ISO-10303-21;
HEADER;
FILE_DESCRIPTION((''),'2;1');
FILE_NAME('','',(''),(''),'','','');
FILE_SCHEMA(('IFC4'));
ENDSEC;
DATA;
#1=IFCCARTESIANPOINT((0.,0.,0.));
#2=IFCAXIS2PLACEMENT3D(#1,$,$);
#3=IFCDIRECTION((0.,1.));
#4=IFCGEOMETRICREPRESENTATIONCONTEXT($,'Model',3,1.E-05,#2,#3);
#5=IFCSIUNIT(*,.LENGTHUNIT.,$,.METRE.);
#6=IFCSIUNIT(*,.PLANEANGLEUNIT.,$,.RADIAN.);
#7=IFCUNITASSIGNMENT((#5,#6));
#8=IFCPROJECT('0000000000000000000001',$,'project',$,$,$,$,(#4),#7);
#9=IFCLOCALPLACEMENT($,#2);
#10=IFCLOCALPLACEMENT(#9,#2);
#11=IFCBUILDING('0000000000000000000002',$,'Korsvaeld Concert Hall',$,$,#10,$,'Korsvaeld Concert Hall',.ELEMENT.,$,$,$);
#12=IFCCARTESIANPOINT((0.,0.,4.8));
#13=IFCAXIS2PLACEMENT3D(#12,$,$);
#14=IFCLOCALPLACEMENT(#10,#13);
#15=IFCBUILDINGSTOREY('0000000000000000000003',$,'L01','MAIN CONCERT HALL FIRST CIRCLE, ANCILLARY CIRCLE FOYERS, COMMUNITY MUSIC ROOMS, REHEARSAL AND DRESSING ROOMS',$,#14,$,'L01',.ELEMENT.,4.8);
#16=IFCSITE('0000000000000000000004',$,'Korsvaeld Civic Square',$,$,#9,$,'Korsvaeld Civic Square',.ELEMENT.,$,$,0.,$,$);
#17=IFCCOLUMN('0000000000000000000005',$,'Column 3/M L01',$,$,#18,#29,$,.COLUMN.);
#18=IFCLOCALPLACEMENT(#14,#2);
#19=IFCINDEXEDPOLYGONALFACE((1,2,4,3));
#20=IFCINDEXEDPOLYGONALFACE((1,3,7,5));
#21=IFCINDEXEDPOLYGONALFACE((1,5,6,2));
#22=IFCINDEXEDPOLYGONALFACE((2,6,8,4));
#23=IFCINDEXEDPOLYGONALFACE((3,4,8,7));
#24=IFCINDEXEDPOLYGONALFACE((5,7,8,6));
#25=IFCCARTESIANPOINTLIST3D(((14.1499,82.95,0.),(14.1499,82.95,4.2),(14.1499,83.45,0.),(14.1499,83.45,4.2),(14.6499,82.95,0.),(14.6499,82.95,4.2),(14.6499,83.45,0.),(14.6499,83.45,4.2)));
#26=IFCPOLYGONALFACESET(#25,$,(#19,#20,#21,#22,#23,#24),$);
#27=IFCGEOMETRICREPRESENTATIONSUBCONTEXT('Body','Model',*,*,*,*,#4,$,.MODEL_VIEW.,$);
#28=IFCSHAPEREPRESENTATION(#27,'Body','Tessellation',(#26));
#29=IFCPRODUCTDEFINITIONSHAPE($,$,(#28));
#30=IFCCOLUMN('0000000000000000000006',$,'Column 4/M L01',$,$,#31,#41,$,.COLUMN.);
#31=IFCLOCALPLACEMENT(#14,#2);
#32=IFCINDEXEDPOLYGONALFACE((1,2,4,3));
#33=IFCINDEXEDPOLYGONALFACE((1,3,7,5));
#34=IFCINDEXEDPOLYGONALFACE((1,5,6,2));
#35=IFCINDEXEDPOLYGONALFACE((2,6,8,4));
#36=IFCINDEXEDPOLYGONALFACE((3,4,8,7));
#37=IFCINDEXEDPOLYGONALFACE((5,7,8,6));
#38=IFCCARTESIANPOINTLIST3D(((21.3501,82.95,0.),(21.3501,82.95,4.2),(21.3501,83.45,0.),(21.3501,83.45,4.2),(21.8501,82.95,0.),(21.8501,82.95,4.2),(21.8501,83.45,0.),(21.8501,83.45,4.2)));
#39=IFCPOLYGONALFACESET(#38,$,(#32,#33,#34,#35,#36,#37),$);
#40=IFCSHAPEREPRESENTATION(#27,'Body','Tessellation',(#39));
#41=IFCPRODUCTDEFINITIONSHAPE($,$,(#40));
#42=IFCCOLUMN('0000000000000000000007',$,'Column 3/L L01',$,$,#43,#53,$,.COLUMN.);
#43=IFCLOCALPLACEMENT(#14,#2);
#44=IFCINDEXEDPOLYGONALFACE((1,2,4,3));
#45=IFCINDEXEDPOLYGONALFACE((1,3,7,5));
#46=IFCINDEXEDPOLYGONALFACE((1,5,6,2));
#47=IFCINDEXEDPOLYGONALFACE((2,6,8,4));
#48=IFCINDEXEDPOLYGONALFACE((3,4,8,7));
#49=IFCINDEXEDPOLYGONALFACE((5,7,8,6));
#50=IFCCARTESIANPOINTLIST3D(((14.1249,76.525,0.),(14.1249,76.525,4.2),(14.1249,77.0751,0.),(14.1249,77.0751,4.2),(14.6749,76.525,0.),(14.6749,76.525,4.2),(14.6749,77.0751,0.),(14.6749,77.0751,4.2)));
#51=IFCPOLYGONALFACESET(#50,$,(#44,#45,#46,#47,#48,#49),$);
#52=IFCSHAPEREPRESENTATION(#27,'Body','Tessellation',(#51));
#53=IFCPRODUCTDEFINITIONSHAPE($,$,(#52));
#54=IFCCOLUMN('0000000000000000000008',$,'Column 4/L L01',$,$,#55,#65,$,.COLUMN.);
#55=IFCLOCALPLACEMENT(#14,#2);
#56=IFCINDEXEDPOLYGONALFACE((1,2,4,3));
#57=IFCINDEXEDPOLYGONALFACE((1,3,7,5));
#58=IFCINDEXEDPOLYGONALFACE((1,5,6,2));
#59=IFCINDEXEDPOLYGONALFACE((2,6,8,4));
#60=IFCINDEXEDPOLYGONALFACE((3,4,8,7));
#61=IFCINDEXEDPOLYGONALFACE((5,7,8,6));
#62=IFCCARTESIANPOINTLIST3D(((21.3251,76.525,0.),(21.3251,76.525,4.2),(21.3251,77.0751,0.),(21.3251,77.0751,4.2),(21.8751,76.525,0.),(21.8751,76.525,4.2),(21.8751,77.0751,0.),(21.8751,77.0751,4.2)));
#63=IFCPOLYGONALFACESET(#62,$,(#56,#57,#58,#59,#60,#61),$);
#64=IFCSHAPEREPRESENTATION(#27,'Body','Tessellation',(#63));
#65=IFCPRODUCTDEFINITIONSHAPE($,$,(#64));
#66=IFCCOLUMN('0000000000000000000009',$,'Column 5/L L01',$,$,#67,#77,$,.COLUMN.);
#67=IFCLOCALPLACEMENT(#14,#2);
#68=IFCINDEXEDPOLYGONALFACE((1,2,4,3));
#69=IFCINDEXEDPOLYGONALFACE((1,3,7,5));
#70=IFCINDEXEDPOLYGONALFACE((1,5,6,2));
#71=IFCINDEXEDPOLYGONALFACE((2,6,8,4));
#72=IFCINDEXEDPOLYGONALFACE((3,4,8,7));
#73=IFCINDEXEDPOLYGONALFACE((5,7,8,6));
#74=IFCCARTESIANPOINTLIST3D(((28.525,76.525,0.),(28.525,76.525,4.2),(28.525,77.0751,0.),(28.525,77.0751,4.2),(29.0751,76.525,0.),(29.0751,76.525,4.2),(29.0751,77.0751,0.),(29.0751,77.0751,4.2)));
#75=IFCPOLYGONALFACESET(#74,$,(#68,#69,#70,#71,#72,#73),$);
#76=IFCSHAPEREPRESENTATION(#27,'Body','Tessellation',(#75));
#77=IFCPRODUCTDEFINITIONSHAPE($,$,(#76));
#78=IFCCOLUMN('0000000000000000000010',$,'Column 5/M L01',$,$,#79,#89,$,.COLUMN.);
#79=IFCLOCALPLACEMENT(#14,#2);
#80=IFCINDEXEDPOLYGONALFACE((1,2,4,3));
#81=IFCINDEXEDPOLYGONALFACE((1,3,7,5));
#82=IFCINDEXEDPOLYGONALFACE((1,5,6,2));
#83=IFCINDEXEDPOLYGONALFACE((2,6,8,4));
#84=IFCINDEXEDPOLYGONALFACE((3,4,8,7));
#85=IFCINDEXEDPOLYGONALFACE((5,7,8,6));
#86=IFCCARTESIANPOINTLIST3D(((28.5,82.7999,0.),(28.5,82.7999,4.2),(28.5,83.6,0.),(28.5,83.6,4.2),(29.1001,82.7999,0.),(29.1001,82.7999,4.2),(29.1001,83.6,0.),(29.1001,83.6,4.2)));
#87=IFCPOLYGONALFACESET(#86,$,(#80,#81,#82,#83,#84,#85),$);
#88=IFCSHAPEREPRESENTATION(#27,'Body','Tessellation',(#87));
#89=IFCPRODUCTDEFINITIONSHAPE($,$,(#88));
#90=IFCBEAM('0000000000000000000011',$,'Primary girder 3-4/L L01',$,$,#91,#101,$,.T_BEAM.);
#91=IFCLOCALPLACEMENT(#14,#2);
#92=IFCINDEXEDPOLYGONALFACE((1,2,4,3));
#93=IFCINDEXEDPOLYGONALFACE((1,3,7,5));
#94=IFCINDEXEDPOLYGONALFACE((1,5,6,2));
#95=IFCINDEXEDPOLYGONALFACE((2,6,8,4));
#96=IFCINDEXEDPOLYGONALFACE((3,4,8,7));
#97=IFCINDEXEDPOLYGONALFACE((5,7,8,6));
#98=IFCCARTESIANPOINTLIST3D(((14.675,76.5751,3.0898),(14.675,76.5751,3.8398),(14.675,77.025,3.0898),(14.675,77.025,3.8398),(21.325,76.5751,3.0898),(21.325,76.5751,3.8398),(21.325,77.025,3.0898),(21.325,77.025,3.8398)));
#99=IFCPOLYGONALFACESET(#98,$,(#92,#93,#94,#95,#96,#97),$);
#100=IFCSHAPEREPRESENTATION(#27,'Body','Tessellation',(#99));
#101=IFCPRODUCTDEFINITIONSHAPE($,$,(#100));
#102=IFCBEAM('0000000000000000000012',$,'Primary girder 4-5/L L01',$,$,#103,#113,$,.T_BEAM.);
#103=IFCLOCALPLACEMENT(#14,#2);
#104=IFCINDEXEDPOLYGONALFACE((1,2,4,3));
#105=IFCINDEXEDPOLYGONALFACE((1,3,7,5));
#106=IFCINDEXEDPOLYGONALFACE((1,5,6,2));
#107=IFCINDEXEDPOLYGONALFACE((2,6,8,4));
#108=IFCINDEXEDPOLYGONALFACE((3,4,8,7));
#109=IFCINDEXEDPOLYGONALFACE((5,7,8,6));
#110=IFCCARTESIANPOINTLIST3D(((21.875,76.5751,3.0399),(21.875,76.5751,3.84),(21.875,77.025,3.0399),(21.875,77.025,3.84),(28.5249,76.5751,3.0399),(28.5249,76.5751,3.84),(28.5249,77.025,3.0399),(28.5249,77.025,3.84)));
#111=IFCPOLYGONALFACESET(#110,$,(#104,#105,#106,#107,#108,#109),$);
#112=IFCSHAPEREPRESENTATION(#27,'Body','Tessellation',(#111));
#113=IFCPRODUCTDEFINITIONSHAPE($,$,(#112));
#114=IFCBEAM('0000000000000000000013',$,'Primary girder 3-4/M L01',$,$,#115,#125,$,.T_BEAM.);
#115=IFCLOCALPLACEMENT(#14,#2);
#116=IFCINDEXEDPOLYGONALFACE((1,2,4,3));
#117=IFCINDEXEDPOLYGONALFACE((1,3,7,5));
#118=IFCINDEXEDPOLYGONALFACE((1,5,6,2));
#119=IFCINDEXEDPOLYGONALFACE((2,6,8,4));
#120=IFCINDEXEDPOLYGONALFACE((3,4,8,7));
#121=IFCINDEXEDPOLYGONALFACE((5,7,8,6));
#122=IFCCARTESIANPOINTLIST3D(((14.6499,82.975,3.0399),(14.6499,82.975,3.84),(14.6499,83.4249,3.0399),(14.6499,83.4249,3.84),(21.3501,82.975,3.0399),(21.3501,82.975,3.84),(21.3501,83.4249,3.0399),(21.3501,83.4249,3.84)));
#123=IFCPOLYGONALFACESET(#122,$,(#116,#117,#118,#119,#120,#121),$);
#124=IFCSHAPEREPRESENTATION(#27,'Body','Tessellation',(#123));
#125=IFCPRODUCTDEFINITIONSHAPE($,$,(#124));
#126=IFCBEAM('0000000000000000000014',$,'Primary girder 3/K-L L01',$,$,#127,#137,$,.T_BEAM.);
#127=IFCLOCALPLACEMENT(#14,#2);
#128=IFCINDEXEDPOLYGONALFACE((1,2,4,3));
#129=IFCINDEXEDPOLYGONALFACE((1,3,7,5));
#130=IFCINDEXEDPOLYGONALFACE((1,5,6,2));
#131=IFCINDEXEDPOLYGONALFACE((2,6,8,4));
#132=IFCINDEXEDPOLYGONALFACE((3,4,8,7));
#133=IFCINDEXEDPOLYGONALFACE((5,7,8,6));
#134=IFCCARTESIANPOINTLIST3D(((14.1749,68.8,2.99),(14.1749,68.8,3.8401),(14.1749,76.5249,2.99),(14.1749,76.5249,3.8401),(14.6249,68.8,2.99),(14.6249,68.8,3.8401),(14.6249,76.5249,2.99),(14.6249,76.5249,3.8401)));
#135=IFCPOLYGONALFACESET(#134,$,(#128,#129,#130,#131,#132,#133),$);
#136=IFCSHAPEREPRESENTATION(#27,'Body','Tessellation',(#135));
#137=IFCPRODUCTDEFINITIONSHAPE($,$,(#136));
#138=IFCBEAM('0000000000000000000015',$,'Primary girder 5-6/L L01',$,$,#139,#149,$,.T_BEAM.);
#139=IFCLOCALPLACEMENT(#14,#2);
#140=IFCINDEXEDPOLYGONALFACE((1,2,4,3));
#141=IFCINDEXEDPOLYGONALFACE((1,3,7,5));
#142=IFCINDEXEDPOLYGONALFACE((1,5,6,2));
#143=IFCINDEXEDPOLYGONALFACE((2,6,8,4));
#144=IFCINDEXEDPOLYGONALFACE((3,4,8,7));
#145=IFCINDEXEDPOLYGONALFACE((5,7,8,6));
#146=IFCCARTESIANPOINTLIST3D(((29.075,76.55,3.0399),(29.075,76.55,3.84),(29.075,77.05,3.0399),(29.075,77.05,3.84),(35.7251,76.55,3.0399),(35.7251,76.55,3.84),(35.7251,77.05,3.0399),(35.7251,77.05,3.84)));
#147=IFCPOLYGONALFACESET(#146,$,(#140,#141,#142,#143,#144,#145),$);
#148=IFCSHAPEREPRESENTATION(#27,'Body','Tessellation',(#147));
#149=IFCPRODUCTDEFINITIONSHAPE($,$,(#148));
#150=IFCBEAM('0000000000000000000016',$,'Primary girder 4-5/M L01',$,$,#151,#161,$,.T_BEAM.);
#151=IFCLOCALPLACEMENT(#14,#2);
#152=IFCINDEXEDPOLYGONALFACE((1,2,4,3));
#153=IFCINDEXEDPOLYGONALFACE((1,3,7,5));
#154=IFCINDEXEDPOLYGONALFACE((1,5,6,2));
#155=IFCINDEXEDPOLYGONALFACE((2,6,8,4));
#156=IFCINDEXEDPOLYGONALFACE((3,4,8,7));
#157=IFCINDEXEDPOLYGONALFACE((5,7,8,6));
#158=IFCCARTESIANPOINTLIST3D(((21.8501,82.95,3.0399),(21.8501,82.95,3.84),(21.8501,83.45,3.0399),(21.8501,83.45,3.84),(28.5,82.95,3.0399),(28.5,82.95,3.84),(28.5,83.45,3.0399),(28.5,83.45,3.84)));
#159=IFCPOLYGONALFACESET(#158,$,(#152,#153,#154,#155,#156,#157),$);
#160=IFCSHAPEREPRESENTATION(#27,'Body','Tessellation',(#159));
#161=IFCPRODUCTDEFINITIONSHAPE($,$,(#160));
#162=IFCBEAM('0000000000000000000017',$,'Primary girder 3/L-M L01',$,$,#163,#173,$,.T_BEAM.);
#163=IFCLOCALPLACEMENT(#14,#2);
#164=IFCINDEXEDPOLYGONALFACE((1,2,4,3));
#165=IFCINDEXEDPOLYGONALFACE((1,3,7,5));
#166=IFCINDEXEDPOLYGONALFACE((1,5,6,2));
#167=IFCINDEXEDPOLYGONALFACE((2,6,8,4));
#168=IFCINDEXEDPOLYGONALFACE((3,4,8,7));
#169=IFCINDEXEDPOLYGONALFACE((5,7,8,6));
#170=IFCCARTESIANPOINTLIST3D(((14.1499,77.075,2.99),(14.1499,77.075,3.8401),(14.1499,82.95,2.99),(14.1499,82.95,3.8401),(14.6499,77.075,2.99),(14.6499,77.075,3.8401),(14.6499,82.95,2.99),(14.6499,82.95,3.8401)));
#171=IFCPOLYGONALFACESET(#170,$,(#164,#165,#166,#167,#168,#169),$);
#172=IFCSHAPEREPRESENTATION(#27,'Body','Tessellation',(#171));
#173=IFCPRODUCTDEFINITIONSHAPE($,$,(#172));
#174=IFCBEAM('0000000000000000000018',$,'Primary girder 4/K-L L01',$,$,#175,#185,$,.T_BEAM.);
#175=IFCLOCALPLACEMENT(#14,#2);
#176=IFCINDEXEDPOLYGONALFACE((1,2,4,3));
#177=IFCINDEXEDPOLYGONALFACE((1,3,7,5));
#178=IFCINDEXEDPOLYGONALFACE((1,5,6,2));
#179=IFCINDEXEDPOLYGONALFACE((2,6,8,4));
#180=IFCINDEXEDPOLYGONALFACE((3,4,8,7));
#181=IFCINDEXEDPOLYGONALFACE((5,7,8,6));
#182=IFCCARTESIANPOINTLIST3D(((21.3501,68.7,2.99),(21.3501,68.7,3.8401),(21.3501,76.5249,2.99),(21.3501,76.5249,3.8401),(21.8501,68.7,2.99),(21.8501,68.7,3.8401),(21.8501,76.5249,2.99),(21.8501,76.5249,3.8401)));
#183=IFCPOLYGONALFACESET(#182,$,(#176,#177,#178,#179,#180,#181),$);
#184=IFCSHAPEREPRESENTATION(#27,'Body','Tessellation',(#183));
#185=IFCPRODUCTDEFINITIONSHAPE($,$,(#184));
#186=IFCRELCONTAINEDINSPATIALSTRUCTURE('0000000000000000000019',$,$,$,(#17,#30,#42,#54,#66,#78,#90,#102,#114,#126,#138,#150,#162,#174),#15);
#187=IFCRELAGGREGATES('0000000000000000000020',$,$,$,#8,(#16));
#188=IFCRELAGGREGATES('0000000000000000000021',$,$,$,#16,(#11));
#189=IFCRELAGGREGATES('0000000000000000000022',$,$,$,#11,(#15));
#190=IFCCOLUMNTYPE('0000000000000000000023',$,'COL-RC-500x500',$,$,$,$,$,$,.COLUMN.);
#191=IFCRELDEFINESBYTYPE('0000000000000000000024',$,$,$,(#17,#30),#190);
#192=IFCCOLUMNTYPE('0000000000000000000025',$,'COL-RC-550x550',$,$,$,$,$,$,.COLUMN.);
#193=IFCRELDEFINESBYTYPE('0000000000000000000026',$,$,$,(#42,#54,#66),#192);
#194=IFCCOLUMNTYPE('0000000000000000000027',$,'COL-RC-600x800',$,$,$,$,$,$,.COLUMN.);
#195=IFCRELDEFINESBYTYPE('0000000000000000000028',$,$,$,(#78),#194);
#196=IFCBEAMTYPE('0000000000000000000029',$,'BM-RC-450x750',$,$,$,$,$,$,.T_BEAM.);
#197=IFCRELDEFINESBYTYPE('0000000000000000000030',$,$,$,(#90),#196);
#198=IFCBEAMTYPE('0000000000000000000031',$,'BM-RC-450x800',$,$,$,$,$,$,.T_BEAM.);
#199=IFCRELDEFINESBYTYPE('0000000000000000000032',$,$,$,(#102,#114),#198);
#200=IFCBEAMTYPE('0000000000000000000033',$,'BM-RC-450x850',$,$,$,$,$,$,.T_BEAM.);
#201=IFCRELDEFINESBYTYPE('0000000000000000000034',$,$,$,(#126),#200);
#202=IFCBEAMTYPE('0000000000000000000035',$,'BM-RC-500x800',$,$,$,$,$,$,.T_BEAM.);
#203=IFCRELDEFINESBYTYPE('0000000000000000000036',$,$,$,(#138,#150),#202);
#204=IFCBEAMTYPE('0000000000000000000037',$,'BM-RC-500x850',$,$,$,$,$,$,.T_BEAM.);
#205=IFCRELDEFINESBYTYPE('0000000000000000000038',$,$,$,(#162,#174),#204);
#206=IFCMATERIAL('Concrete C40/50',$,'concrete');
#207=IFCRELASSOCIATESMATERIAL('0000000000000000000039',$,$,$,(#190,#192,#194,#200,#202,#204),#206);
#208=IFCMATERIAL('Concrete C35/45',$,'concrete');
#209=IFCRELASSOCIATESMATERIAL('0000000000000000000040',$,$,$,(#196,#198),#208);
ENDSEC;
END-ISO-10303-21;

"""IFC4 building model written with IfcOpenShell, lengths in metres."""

from ifc_helpers import new_model, si_unit, direction, frame, origin, origin_2d, place, context, subcontext, project, spatial, rectangle, extrude, material, material_profile, profile_set, type_object, element, save


model = new_model("IFC4")

# Units and contexts
model_context = context("Model", 3, precision=1e-05, world=origin(), true_north=direction((0.0, 1.0)))
body_context = subcontext(model_context, "Body", "Model", "MODEL_VIEW")
ifc_project = project(units=[si_unit("LENGTHUNIT", "METRE"), si_unit("PLANEANGLEUNIT", "RADIAN")], contexts=[model_context])

# Site, building, storey
site_placement = place(None, origin())
site = spatial("IfcSite", under=ifc_project, at=site_placement, Name="Korsvaeld Civic Square", LongName="Korsvaeld Civic Square", CompositionType="ELEMENT", RefElevation=0.0)
building_placement = place(site_placement, origin())
building = spatial("IfcBuilding", under=site, at=building_placement, Name="Korsvaeld Concert Hall", LongName="Korsvaeld Concert Hall", CompositionType="ELEMENT")
storey_placement = place(building_placement, frame((0.0, 0.0, 4.8)))
storey = spatial("IfcBuildingStorey", under=building, at=storey_placement, Name="L01", Description="MAIN CONCERT HALL FIRST CIRCLE, ANCILLARY CIRCLE FOYERS, COMMUNITY MUSIC ROOMS, REHEARSAL AND DRESSING ROOMS", LongName="L01", CompositionType="ELEMENT", Elevation=4.8)

# Columns
ifc_material_1 = material(Name="Concrete C40/50", Category="concrete")
ifc_material_profile_1 = material_profile(ifc_material_1, rectangle(XDim=0.5, YDim=0.5, at=origin_2d()), Name="RC 500x500")
ifc_profile_set_1 = profile_set([ifc_material_profile_1], Name="Concrete C40/50")
column_type_1 = type_object("IfcColumnType", Name="COL-RC-500x500", PredefinedType="COLUMN", material=ifc_profile_set_1)
for number, where, z_axis, x_axis, name in (
    (1, (14.3999, 83.2, 0.0), (0.0, 0.0, 1.0), (1.0, 0.0, 0.0), "Column 3/M L01"),
    (2, (21.6001, 83.2, 0.0), (0.0, 0.0, 1.0), (1.0, 0.0, 0.0), "Column 4/M L01"),
):
    element("IfcColumn", number, at=place(storey_placement, frame(where, z_axis=z_axis, x_axis=x_axis)), inside=storey, type_object=column_type_1, Name=name, PredefinedType="COLUMN", context=body_context, shape_type="SweptSolid", body=[
        extrude(rectangle(XDim=0.5, YDim=0.5, at=origin_2d()), origin(), (0.0, 0.0, 1.0), 4.2),
    ])
ifc_material_profile_2 = material_profile(ifc_material_1, rectangle(XDim=0.55, YDim=0.55, at=origin_2d()), Name="RC 550x550")
ifc_profile_set_2 = profile_set([ifc_material_profile_2], Name="Concrete C40/50")
column_type_2 = type_object("IfcColumnType", Name="COL-RC-550x550", PredefinedType="COLUMN", material=ifc_profile_set_2)
for number, where, z_axis, x_axis, name in (
    (3, (14.3999, 76.8, 0.0), (0.0, 0.0, 1.0), (1.0, 0.0, 0.0), "Column 3/L L01"),
    (4, (21.6001, 76.8, 0.0), (0.0, 0.0, 1.0), (1.0, 0.0, 0.0), "Column 4/L L01"),
    (5, (28.8, 76.8, 0.0), (0.0, 0.0, 1.0), (1.0, 0.0, 0.0), "Column 5/L L01"),
):
    element("IfcColumn", number, at=place(storey_placement, frame(where, z_axis=z_axis, x_axis=x_axis)), inside=storey, type_object=column_type_2, Name=name, PredefinedType="COLUMN", context=body_context, shape_type="SweptSolid", body=[
        extrude(rectangle(XDim=0.55, YDim=0.55, at=origin_2d()), origin(), (0.0, 0.0, 1.0), 4.2),
    ])
ifc_material_profile_3 = material_profile(ifc_material_1, rectangle(XDim=0.6001, YDim=0.8, at=origin_2d()), Name="RC 600x800")
ifc_profile_set_3 = profile_set([ifc_material_profile_3], Name="Concrete C40/50")
column_type_3 = type_object("IfcColumnType", Name="COL-RC-600x800", PredefinedType="COLUMN", material=ifc_profile_set_3)
column_placement = place(storey_placement, frame((28.8, 83.2, 0.0), z_axis=(0.0, 0.0, 1.0), x_axis=(1.0, 0.0, 0.0)))
element("IfcColumn", 6, at=column_placement, inside=storey, type_object=column_type_3, Name="Column 5/M L01", PredefinedType="COLUMN", context=body_context, shape_type="SweptSolid", body=[
    extrude(rectangle(XDim=0.6001, YDim=0.8, at=origin_2d()), origin(), (0.0, 0.0, 1.0), 4.2),
])

# Beams
ifc_material_2 = material(Name="Concrete C35/45", Category="concrete")
ifc_material_profile_4 = material_profile(ifc_material_2, rectangle(XDim=0.45, YDim=0.75, at=origin_2d()), Name="RC 450x750")
ifc_profile_set_4 = profile_set([ifc_material_profile_4], Name="Concrete C35/45")
beam_type_1 = type_object("IfcBeamType", Name="BM-RC-450x750", PredefinedType="T_BEAM", material=ifc_profile_set_4)
beam_1_placement = place(storey_placement, frame((14.675, 76.8, 3.4648), z_axis=(1.0, 0.0, 0.0), x_axis=(0.0, 1.0, 0.0)))
element("IfcBeam", 7, at=beam_1_placement, inside=storey, type_object=beam_type_1, Name="Primary girder 3-4/L L01", PredefinedType="T_BEAM", context=body_context, shape_type="SweptSolid", body=[
    extrude(rectangle(XDim=0.45, YDim=0.75, at=origin_2d()), origin(), (0.0, 0.0, 1.0), 6.6499),
])
ifc_material_profile_5 = material_profile(ifc_material_2, rectangle(XDim=0.45, YDim=0.8, at=origin_2d()), Name="RC 450x800")
ifc_profile_set_5 = profile_set([ifc_material_profile_5], Name="Concrete C35/45")
beam_type_2 = type_object("IfcBeamType", Name="BM-RC-450x800", PredefinedType="T_BEAM", material=ifc_profile_set_5)
beam_2_placement = place(storey_placement, frame((21.875, 76.8, 3.4399), z_axis=(1.0, 0.0, 0.0), x_axis=(0.0, 1.0, 0.0)))
element("IfcBeam", 8, at=beam_2_placement, inside=storey, type_object=beam_type_2, Name="Primary girder 4-5/L L01", PredefinedType="T_BEAM", context=body_context, shape_type="SweptSolid", body=[
    extrude(rectangle(XDim=0.45, YDim=0.8, at=origin_2d()), origin(), (0.0, 0.0, 1.0), 6.6499),
])
beam_3_placement = place(storey_placement, frame((14.6499, 83.2, 3.4399), z_axis=(1.0, 0.0, 0.0), x_axis=(0.0, 1.0, 0.0)))
element("IfcBeam", 9, at=beam_3_placement, inside=storey, type_object=beam_type_2, Name="Primary girder 3-4/M L01", PredefinedType="T_BEAM", context=body_context, shape_type="SweptSolid", body=[
    extrude(rectangle(XDim=0.45, YDim=0.8, at=origin_2d()), origin(), (0.0, 0.0, 1.0), 6.7002),
])
ifc_material_profile_6 = material_profile(ifc_material_1, rectangle(XDim=0.45, YDim=0.8501, at=origin_2d()), Name="RC 450x850")
ifc_profile_set_6 = profile_set([ifc_material_profile_6], Name="Concrete C40/50")
beam_type_3 = type_object("IfcBeamType", Name="BM-RC-450x850", PredefinedType="T_BEAM", material=ifc_profile_set_6)
beam_4_placement = place(storey_placement, frame((14.3999, 68.8, 3.415), z_axis=(0.0, 1.0, 0.0), x_axis=(-1.0, 0.0, 0.0)))
element("IfcBeam", 10, at=beam_4_placement, inside=storey, type_object=beam_type_3, Name="Primary girder 3/K-L L01", PredefinedType="T_BEAM", context=body_context, shape_type="SweptSolid", body=[
    extrude(rectangle(XDim=0.45, YDim=0.8501, at=origin_2d()), origin(), (0.0, 0.0, 1.0), 7.7249),
])
ifc_material_profile_7 = material_profile(ifc_material_1, rectangle(XDim=0.5, YDim=0.8, at=origin_2d()), Name="RC 500x800")
ifc_profile_set_7 = profile_set([ifc_material_profile_7], Name="Concrete C40/50")
beam_type_4 = type_object("IfcBeamType", Name="BM-RC-500x800", PredefinedType="T_BEAM", material=ifc_profile_set_7)
beam_5_placement = place(storey_placement, frame((29.075, 76.8, 3.4399), z_axis=(1.0, 0.0, 0.0), x_axis=(0.0, 1.0, 0.0)))
element("IfcBeam", 11, at=beam_5_placement, inside=storey, type_object=beam_type_4, Name="Primary girder 5-6/L L01", PredefinedType="T_BEAM", context=body_context, shape_type="SweptSolid", body=[
    extrude(rectangle(XDim=0.5, YDim=0.8, at=origin_2d()), origin(), (0.0, 0.0, 1.0), 6.6501),
])
beam_6_placement = place(storey_placement, frame((21.8501, 83.2, 3.4399), z_axis=(1.0, 0.0, 0.0), x_axis=(0.0, 1.0, 0.0)))
element("IfcBeam", 12, at=beam_6_placement, inside=storey, type_object=beam_type_4, Name="Primary girder 4-5/M L01", PredefinedType="T_BEAM", context=body_context, shape_type="SweptSolid", body=[
    extrude(rectangle(XDim=0.5, YDim=0.8, at=origin_2d()), origin(), (0.0, 0.0, 1.0), 6.6499),
])
ifc_material_profile_8 = material_profile(ifc_material_1, rectangle(XDim=0.5, YDim=0.8501, at=origin_2d()), Name="RC 500x850")
ifc_profile_set_8 = profile_set([ifc_material_profile_8], Name="Concrete C40/50")
beam_type_5 = type_object("IfcBeamType", Name="BM-RC-500x850", PredefinedType="T_BEAM", material=ifc_profile_set_8)
beam_7_placement = place(storey_placement, frame((14.3999, 77.075, 3.415), z_axis=(0.0, 1.0, 0.0), x_axis=(-1.0, 0.0, 0.0)))
element("IfcBeam", 13, at=beam_7_placement, inside=storey, type_object=beam_type_5, Name="Primary girder 3/L-M L01", PredefinedType="T_BEAM", context=body_context, shape_type="SweptSolid", body=[
    extrude(rectangle(XDim=0.5, YDim=0.8501, at=origin_2d()), origin(), (0.0, 0.0, 1.0), 5.875),
])
beam_8_placement = place(storey_placement, frame((21.6001, 68.7, 3.415), z_axis=(0.0, 1.0, 0.0), x_axis=(-1.0, 0.0, 0.0)))
element("IfcBeam", 14, at=beam_8_placement, inside=storey, type_object=beam_type_5, Name="Primary girder 4/K-L L01", PredefinedType="T_BEAM", context=body_context, shape_type="SweptSolid", body=[
    extrude(rectangle(XDim=0.5, YDim=0.8501, at=origin_2d()), origin(), (0.0, 0.0, 1.0), 7.825),
])

save(model, "model.ifc")
